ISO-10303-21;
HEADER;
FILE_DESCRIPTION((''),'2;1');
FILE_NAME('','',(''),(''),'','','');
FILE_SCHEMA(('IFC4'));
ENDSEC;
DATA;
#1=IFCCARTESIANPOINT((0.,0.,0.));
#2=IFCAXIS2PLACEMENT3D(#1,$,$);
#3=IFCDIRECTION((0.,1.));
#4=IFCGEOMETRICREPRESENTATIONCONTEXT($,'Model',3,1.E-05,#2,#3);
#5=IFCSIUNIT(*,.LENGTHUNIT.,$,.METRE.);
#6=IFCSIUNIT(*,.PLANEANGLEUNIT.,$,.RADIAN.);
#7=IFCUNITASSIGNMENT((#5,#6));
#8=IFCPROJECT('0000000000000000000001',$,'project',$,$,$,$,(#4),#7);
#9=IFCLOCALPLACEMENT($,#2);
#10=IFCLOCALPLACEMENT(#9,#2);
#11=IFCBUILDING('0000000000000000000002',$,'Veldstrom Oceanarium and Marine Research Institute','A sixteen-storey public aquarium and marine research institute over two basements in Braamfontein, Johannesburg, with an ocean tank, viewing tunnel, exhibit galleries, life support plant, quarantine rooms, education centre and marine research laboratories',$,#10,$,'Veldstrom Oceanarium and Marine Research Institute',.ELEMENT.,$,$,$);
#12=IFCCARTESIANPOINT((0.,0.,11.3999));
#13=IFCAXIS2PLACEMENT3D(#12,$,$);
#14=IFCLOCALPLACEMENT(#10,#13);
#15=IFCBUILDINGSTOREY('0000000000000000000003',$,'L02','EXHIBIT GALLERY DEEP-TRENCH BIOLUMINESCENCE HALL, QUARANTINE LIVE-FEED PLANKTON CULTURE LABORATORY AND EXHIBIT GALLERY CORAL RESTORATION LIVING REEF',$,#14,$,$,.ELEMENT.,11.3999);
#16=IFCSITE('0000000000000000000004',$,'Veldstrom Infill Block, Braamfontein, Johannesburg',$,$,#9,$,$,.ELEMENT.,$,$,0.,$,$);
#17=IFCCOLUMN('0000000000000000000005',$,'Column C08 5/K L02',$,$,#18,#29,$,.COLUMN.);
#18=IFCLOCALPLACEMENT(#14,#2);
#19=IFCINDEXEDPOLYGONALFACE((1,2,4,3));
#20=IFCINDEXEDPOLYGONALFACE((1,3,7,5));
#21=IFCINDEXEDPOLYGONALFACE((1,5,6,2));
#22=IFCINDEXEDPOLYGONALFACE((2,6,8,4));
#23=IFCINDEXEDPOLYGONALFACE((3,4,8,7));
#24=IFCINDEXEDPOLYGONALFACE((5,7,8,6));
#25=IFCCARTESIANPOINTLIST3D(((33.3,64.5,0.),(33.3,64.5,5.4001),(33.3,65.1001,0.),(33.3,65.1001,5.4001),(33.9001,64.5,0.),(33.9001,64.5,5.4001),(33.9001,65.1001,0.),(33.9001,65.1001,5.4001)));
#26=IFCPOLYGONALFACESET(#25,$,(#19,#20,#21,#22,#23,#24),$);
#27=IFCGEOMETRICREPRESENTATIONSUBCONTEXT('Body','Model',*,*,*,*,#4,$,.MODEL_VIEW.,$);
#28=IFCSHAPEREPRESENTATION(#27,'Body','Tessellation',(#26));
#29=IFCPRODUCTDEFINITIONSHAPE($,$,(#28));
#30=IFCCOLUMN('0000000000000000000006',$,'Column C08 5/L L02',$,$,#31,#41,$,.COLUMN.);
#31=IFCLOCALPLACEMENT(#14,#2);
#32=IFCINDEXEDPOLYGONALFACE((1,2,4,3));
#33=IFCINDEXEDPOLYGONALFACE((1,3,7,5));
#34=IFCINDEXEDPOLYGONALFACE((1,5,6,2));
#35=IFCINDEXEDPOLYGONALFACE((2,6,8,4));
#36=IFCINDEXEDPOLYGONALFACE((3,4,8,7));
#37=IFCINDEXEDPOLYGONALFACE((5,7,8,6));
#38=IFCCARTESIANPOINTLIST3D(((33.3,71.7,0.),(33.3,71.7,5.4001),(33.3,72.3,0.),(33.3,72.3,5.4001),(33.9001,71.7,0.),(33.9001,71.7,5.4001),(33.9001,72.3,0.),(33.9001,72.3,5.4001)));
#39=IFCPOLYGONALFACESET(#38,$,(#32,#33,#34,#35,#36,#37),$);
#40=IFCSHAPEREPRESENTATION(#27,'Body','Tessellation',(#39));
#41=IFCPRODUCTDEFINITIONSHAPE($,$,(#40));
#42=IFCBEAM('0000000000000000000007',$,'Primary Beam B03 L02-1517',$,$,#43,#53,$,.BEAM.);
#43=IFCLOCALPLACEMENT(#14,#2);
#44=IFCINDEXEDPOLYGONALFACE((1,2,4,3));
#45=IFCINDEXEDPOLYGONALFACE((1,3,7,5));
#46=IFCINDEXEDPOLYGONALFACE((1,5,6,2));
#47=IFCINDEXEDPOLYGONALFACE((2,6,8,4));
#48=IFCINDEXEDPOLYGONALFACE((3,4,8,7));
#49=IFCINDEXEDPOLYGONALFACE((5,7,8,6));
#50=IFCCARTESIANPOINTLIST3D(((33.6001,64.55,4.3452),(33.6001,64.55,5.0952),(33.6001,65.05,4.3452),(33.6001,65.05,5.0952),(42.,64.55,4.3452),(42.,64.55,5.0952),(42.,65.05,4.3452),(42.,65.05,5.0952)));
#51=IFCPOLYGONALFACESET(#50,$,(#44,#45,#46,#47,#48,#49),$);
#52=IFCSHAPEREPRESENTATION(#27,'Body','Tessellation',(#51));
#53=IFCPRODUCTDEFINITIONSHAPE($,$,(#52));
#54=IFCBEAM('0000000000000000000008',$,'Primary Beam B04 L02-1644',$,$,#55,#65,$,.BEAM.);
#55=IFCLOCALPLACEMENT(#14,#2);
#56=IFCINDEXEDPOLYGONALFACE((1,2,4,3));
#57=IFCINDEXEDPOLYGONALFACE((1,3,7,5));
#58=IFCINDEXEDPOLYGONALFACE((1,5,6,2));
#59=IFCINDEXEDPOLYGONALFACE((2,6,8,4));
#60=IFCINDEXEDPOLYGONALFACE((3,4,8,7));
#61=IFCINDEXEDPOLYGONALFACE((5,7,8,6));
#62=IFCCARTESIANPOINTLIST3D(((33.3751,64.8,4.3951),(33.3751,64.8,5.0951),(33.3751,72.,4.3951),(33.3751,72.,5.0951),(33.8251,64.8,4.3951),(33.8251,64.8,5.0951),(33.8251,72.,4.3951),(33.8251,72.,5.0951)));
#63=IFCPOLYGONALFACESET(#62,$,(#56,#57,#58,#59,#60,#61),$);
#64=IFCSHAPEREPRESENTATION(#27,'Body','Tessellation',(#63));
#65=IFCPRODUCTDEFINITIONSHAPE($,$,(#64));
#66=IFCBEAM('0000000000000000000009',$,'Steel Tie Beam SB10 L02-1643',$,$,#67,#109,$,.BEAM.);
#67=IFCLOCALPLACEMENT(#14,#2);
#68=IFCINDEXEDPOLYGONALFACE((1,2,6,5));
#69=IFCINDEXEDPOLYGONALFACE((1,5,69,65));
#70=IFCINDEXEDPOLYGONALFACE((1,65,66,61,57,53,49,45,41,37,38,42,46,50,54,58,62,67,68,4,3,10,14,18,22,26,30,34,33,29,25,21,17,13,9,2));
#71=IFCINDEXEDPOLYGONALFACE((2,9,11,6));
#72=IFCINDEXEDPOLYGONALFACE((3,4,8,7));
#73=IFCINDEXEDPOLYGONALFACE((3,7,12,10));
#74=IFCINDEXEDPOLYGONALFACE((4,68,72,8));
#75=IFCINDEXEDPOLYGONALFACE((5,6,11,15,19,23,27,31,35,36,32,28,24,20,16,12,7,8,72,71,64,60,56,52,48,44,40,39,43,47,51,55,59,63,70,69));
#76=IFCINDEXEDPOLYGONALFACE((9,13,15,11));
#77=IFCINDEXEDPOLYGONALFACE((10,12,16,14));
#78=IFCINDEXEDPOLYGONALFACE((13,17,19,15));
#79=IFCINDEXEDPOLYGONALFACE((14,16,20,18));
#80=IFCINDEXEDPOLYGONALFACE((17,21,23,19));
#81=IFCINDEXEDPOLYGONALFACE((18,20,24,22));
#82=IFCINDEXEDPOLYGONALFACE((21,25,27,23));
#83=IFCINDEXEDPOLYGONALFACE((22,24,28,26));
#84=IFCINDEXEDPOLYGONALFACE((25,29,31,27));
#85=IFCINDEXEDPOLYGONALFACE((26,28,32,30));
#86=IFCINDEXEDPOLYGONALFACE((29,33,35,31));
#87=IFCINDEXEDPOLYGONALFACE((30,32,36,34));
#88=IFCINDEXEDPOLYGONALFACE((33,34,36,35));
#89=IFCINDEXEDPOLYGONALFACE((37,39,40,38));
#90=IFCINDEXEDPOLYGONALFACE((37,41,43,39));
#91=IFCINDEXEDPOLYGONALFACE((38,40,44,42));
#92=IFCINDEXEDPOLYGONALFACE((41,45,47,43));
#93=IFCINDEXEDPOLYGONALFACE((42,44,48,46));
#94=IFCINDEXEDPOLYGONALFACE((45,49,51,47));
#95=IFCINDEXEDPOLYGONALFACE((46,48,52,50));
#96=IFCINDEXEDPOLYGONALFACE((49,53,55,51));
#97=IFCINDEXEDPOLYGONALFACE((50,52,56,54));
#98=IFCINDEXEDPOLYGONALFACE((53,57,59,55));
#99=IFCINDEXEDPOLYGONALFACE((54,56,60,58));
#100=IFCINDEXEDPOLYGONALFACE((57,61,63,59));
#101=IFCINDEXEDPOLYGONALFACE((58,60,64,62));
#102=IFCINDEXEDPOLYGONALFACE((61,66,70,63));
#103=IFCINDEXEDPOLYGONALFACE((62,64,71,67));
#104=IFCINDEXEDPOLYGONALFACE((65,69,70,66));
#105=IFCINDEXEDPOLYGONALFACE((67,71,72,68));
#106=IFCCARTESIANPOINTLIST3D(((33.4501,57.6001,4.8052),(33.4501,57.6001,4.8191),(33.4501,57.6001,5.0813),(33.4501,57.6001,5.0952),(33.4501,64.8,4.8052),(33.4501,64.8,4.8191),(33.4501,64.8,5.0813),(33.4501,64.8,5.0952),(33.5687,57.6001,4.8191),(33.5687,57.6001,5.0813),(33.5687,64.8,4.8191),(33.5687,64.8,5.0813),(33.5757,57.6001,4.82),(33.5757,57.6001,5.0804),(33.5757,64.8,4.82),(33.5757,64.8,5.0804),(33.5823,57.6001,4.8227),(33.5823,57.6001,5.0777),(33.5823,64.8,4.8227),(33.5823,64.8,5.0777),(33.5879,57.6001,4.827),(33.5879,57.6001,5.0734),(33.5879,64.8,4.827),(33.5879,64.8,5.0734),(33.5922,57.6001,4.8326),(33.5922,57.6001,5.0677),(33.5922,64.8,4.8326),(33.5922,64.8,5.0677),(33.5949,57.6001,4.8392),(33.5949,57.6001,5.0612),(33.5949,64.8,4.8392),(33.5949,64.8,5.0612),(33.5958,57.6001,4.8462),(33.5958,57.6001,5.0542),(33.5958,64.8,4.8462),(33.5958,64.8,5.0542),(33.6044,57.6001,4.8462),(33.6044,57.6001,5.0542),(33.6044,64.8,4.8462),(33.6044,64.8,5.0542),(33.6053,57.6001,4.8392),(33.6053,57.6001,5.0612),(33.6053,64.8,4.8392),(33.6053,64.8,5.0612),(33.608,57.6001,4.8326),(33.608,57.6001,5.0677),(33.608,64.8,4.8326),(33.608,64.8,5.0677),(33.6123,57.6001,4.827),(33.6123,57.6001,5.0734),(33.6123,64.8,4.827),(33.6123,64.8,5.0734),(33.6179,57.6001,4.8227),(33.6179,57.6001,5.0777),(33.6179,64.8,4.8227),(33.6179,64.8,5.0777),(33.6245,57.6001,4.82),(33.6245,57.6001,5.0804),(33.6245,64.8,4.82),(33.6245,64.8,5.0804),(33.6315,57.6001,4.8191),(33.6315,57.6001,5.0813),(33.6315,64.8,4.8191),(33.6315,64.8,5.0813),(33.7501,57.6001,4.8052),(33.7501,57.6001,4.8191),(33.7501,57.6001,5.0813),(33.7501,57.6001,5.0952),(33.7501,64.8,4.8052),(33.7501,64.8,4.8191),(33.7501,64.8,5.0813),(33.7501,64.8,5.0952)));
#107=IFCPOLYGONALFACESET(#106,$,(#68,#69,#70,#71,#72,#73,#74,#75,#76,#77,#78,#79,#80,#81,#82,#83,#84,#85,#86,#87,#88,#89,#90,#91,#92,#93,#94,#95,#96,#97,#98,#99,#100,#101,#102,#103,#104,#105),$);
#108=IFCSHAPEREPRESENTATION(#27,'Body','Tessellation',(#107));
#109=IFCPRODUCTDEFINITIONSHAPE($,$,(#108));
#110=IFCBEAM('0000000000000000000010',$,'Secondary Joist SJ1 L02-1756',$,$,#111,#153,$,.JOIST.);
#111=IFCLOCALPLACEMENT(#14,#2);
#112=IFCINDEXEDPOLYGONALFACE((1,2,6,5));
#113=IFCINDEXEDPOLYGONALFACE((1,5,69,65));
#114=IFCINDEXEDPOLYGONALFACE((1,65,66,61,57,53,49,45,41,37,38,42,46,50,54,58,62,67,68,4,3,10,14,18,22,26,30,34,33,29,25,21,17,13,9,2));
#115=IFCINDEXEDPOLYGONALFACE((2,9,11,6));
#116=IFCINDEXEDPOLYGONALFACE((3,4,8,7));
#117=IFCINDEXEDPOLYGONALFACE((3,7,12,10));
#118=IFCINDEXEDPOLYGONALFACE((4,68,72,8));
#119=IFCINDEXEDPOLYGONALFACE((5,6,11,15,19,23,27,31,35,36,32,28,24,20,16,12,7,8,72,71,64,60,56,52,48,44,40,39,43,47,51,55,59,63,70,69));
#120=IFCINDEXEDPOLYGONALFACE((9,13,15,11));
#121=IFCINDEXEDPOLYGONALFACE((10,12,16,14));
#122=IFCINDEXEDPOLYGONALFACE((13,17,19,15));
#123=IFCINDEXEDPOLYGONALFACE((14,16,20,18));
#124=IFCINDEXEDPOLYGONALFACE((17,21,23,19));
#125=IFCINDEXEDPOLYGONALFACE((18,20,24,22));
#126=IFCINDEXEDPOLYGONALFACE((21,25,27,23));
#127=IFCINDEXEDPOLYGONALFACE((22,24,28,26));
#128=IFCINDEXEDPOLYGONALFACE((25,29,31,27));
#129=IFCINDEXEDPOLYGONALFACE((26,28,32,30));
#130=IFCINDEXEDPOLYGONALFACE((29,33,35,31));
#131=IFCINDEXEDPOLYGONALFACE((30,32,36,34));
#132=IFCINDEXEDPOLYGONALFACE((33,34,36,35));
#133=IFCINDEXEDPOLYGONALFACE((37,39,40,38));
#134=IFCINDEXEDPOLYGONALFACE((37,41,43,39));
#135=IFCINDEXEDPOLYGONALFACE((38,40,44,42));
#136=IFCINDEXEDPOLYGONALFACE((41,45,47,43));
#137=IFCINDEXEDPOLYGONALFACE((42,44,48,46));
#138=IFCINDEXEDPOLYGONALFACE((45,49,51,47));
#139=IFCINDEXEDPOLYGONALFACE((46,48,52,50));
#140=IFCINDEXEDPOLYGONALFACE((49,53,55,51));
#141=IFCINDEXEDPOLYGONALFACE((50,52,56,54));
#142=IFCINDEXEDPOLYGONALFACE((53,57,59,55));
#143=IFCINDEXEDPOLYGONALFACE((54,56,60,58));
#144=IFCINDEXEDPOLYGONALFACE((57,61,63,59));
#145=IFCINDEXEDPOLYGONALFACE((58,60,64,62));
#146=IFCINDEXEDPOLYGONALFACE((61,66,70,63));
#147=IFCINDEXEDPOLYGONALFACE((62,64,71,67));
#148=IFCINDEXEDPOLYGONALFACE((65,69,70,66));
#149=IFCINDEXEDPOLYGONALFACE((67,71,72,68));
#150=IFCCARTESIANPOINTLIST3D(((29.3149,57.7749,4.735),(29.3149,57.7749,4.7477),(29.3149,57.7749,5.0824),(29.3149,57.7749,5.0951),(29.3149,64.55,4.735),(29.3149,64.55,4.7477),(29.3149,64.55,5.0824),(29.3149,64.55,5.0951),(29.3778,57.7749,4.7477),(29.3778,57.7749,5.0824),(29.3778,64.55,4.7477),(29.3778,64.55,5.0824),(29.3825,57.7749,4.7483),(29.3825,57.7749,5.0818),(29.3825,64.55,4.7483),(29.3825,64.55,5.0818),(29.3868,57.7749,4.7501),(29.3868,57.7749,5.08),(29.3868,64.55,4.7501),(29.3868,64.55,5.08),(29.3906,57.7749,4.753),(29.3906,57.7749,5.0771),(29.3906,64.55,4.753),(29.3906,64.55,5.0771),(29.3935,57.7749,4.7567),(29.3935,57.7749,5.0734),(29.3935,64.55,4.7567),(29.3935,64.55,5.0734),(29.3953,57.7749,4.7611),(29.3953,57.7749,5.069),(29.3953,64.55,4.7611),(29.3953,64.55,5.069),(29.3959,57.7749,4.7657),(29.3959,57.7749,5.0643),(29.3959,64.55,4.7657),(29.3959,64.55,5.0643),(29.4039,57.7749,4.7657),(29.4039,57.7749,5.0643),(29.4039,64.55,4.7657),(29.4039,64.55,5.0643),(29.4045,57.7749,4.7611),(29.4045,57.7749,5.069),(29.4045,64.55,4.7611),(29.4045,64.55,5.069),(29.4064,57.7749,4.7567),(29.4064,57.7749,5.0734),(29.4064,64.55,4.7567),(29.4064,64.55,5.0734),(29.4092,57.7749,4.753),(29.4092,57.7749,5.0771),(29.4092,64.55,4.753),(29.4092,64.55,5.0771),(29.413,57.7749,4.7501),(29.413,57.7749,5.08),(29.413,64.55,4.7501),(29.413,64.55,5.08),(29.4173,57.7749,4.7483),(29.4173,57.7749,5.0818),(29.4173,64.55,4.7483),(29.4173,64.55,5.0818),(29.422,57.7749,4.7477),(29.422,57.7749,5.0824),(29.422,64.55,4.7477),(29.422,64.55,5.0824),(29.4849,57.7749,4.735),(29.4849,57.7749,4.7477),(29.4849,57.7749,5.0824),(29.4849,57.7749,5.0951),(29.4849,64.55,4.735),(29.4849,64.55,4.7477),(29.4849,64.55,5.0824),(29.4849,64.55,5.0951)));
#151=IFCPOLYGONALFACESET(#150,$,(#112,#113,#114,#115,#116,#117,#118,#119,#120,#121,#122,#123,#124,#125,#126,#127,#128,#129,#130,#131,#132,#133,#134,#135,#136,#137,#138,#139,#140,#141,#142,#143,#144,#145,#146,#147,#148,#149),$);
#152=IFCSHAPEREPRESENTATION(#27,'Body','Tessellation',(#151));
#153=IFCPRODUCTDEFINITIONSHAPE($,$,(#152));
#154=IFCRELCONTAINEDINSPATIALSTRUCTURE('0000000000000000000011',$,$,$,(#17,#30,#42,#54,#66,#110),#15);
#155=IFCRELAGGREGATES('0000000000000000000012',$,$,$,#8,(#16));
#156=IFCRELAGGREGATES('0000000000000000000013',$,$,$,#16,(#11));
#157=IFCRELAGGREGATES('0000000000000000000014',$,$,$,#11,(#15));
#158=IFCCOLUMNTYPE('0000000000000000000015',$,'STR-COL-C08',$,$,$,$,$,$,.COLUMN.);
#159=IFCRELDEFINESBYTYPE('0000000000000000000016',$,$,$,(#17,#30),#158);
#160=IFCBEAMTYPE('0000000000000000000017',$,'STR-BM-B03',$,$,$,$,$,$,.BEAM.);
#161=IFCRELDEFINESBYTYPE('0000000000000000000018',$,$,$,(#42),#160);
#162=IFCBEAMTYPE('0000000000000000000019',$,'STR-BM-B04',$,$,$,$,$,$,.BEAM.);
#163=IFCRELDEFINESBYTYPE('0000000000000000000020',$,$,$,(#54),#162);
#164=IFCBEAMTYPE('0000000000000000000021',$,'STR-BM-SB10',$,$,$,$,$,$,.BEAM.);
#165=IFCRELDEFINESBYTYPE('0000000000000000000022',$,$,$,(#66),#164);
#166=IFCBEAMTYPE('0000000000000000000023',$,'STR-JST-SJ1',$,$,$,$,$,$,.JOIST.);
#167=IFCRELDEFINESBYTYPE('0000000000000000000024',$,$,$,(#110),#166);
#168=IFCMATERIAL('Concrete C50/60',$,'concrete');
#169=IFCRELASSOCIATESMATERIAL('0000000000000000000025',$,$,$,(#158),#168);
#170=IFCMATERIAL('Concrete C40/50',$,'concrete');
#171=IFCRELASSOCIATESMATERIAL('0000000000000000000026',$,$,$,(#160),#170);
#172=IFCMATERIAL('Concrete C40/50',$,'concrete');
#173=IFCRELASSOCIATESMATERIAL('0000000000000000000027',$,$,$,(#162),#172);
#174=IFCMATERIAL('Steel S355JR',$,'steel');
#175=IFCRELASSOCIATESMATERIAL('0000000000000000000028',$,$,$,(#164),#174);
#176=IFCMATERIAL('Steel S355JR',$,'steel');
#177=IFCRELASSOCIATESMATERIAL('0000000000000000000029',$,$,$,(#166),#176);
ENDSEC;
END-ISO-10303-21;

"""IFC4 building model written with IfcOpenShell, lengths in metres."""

from ifc_helpers import new_model, si_unit, direction, frame, origin, origin_2d, place, context, subcontext, project, spatial, rectangle, i_section, extrude, material, material_profile, profile_set, type_object, element, save


model = new_model("IFC4")

# Units and contexts
model_context = context("Model", 3, precision=1e-05, world=origin(), true_north=direction((0.0, 1.0)))
body_context = subcontext(model_context, "Body", "Model", "MODEL_VIEW")
ifc_project = project(units=[si_unit("LENGTHUNIT", "METRE"), si_unit("PLANEANGLEUNIT", "RADIAN")], contexts=[model_context])

# Site, building, storey
site_placement = place(None, origin())
site = spatial("IfcSite", under=ifc_project, at=site_placement, Name="Veldstrom Infill Block, Braamfontein, Johannesburg", CompositionType="ELEMENT", RefElevation=0.0)
building_placement = place(site_placement, origin())
building = spatial("IfcBuilding", under=site, at=building_placement, Name="Veldstrom Oceanarium and Marine Research Institute", Description="A sixteen-storey public aquarium and marine research institute over two basements in Braamfontein, Johannesburg, with an ocean tank, viewing tunnel, exhibit galleries, life support plant, quarantine rooms, education centre and marine research laboratories", LongName="Veldstrom Oceanarium and Marine Research Institute", CompositionType="ELEMENT")
storey_placement = place(building_placement, frame((0.0, 0.0, 11.3999)))
storey = spatial("IfcBuildingStorey", under=building, at=storey_placement, Name="L02", Description="EXHIBIT GALLERY DEEP-TRENCH BIOLUMINESCENCE HALL, QUARANTINE LIVE-FEED PLANKTON CULTURE LABORATORY AND EXHIBIT GALLERY CORAL RESTORATION LIVING REEF", CompositionType="ELEMENT", Elevation=11.3999)

# Columns
ifc_material_1 = material(Name="Concrete C50/60", Category="concrete")
ifc_material_profile_1 = material_profile(ifc_material_1, rectangle(XDim=0.6001, YDim=0.6001, at=origin_2d()), Name="RC-COL-600x600")
ifc_profile_set_1 = profile_set([ifc_material_profile_1], Name="Concrete C50/60")
column_type = type_object("IfcColumnType", Name="STR-COL-C08", PredefinedType="COLUMN", material=ifc_profile_set_1)
for number, where, z_axis, x_axis, name in (
    (1, (33.6001, 64.8, 0.0), (0.0, 0.0, 1.0), (1.0, 0.0, 0.0), "Column C08 5/K L02"),
    (2, (33.6001, 72.0, 0.0), (0.0, 0.0, 1.0), (1.0, 0.0, 0.0), "Column C08 5/L L02"),
):
    element("IfcColumn", number, at=place(storey_placement, frame(where, z_axis=z_axis, x_axis=x_axis)), inside=storey, type_object=column_type, Name=name, PredefinedType="COLUMN", context=body_context, shape_type="SweptSolid", body=[
        extrude(rectangle(XDim=0.6001, YDim=0.6001, at=origin_2d()), origin(), (0.0, 0.0, 1.0), 5.4001),
    ])

# Beams
ifc_material_2 = material(Name="Concrete C40/50", Category="concrete")
ifc_material_profile_2 = material_profile(ifc_material_2, rectangle(XDim=0.5, YDim=0.75, at=origin_2d()), Name="RC-BM-500x750")
ifc_profile_set_2 = profile_set([ifc_material_profile_2], Name="Concrete C40/50")
beam_type_1 = type_object("IfcBeamType", Name="STR-BM-B03", PredefinedType="BEAM", material=ifc_profile_set_2)
beam_1_placement = place(storey_placement, frame((33.6001, 64.8, 4.7202), z_axis=(1.0, 0.0, 0.0), x_axis=(0.0, 1.0, 0.0)))
element("IfcBeam", 3, at=beam_1_placement, inside=storey, type_object=beam_type_1, Name="Primary Beam B03 L02-1517", PredefinedType="BEAM", context=body_context, shape_type="SweptSolid", body=[
    extrude(rectangle(XDim=0.5, YDim=0.75, at=origin_2d()), origin(), (0.0, 0.0, 1.0), 8.3999),
])
ifc_material_3 = material(Name="Concrete C40/50", Category="concrete")
ifc_material_profile_3 = material_profile(ifc_material_3, rectangle(XDim=0.45, YDim=0.7, at=origin_2d()), Name="RC-BM-450x700")
ifc_profile_set_3 = profile_set([ifc_material_profile_3], Name="Concrete C40/50")
beam_type_2 = type_object("IfcBeamType", Name="STR-BM-B04", PredefinedType="BEAM", material=ifc_profile_set_3)
beam_2_placement = place(storey_placement, frame((33.6001, 64.8, 4.7451), z_axis=(0.0, 1.0, 0.0), x_axis=(-1.0, 0.0, 0.0)))
element("IfcBeam", 4, at=beam_2_placement, inside=storey, type_object=beam_type_2, Name="Primary Beam B04 L02-1644", PredefinedType="BEAM", context=body_context, shape_type="SweptSolid", body=[
    extrude(rectangle(XDim=0.45, YDim=0.7, at=origin_2d()), origin(), (0.0, 0.0, 1.0), 7.2),
])
ifc_material_4 = material(Name="Steel S355JR", Category="steel")
ifc_material_profile_4 = material_profile(ifc_material_4, i_section(OverallWidth=0.3, OverallDepth=0.29, WebThickness=0.0085, FlangeThickness=0.0139, FilletRadius=0.0271, at=origin_2d()), Name="HEA 300")
ifc_profile_set_4 = profile_set([ifc_material_profile_4], Name="Steel S355JR")
beam_type_3 = type_object("IfcBeamType", Name="STR-BM-SB10", PredefinedType="BEAM", material=ifc_profile_set_4)
beam_3_placement = place(storey_placement, frame((33.6001, 57.6001, 4.9502), z_axis=(0.0, 1.0, 0.0), x_axis=(-1.0, 0.0, 0.0)))
element("IfcBeam", 5, at=beam_3_placement, inside=storey, type_object=beam_type_3, Name="Steel Tie Beam SB10 L02-1643", PredefinedType="BEAM", context=body_context, shape_type="SweptSolid", body=[
    extrude(i_section(OverallWidth=0.3, OverallDepth=0.29, WebThickness=0.0085, FlangeThickness=0.0139, FilletRadius=0.0271, at=origin_2d()), origin(), (0.0, 0.0, 1.0), 7.2),
])
ifc_material_5 = material(Name="Steel S355JR", Category="steel")
ifc_material_profile_5 = material_profile(ifc_material_5, i_section(OverallWidth=0.1699, OverallDepth=0.3601, WebThickness=0.0081, FlangeThickness=0.0127, FilletRadius=0.0181, at=origin_2d()), Name="IPE 360")
ifc_profile_set_5 = profile_set([ifc_material_profile_5], Name="Steel S355JR")
beam_type_4 = type_object("IfcBeamType", Name="STR-JST-SJ1", PredefinedType="JOIST", material=ifc_profile_set_5)
beam_4_placement = place(storey_placement, frame((29.3999, 57.7749, 4.915), z_axis=(0.0, 1.0, 0.0), x_axis=(-1.0, 0.0, 0.0)))
element("IfcBeam", 6, at=beam_4_placement, inside=storey, type_object=beam_type_4, Name="Secondary Joist SJ1 L02-1756", PredefinedType="JOIST", context=body_context, shape_type="SweptSolid", body=[
    extrude(i_section(OverallWidth=0.1699, OverallDepth=0.3601, WebThickness=0.0081, FlangeThickness=0.0127, FilletRadius=0.0181, at=origin_2d()), origin(), (0.0, 0.0, 1.0), 6.7751),
])

save(model, "model.ifc")
